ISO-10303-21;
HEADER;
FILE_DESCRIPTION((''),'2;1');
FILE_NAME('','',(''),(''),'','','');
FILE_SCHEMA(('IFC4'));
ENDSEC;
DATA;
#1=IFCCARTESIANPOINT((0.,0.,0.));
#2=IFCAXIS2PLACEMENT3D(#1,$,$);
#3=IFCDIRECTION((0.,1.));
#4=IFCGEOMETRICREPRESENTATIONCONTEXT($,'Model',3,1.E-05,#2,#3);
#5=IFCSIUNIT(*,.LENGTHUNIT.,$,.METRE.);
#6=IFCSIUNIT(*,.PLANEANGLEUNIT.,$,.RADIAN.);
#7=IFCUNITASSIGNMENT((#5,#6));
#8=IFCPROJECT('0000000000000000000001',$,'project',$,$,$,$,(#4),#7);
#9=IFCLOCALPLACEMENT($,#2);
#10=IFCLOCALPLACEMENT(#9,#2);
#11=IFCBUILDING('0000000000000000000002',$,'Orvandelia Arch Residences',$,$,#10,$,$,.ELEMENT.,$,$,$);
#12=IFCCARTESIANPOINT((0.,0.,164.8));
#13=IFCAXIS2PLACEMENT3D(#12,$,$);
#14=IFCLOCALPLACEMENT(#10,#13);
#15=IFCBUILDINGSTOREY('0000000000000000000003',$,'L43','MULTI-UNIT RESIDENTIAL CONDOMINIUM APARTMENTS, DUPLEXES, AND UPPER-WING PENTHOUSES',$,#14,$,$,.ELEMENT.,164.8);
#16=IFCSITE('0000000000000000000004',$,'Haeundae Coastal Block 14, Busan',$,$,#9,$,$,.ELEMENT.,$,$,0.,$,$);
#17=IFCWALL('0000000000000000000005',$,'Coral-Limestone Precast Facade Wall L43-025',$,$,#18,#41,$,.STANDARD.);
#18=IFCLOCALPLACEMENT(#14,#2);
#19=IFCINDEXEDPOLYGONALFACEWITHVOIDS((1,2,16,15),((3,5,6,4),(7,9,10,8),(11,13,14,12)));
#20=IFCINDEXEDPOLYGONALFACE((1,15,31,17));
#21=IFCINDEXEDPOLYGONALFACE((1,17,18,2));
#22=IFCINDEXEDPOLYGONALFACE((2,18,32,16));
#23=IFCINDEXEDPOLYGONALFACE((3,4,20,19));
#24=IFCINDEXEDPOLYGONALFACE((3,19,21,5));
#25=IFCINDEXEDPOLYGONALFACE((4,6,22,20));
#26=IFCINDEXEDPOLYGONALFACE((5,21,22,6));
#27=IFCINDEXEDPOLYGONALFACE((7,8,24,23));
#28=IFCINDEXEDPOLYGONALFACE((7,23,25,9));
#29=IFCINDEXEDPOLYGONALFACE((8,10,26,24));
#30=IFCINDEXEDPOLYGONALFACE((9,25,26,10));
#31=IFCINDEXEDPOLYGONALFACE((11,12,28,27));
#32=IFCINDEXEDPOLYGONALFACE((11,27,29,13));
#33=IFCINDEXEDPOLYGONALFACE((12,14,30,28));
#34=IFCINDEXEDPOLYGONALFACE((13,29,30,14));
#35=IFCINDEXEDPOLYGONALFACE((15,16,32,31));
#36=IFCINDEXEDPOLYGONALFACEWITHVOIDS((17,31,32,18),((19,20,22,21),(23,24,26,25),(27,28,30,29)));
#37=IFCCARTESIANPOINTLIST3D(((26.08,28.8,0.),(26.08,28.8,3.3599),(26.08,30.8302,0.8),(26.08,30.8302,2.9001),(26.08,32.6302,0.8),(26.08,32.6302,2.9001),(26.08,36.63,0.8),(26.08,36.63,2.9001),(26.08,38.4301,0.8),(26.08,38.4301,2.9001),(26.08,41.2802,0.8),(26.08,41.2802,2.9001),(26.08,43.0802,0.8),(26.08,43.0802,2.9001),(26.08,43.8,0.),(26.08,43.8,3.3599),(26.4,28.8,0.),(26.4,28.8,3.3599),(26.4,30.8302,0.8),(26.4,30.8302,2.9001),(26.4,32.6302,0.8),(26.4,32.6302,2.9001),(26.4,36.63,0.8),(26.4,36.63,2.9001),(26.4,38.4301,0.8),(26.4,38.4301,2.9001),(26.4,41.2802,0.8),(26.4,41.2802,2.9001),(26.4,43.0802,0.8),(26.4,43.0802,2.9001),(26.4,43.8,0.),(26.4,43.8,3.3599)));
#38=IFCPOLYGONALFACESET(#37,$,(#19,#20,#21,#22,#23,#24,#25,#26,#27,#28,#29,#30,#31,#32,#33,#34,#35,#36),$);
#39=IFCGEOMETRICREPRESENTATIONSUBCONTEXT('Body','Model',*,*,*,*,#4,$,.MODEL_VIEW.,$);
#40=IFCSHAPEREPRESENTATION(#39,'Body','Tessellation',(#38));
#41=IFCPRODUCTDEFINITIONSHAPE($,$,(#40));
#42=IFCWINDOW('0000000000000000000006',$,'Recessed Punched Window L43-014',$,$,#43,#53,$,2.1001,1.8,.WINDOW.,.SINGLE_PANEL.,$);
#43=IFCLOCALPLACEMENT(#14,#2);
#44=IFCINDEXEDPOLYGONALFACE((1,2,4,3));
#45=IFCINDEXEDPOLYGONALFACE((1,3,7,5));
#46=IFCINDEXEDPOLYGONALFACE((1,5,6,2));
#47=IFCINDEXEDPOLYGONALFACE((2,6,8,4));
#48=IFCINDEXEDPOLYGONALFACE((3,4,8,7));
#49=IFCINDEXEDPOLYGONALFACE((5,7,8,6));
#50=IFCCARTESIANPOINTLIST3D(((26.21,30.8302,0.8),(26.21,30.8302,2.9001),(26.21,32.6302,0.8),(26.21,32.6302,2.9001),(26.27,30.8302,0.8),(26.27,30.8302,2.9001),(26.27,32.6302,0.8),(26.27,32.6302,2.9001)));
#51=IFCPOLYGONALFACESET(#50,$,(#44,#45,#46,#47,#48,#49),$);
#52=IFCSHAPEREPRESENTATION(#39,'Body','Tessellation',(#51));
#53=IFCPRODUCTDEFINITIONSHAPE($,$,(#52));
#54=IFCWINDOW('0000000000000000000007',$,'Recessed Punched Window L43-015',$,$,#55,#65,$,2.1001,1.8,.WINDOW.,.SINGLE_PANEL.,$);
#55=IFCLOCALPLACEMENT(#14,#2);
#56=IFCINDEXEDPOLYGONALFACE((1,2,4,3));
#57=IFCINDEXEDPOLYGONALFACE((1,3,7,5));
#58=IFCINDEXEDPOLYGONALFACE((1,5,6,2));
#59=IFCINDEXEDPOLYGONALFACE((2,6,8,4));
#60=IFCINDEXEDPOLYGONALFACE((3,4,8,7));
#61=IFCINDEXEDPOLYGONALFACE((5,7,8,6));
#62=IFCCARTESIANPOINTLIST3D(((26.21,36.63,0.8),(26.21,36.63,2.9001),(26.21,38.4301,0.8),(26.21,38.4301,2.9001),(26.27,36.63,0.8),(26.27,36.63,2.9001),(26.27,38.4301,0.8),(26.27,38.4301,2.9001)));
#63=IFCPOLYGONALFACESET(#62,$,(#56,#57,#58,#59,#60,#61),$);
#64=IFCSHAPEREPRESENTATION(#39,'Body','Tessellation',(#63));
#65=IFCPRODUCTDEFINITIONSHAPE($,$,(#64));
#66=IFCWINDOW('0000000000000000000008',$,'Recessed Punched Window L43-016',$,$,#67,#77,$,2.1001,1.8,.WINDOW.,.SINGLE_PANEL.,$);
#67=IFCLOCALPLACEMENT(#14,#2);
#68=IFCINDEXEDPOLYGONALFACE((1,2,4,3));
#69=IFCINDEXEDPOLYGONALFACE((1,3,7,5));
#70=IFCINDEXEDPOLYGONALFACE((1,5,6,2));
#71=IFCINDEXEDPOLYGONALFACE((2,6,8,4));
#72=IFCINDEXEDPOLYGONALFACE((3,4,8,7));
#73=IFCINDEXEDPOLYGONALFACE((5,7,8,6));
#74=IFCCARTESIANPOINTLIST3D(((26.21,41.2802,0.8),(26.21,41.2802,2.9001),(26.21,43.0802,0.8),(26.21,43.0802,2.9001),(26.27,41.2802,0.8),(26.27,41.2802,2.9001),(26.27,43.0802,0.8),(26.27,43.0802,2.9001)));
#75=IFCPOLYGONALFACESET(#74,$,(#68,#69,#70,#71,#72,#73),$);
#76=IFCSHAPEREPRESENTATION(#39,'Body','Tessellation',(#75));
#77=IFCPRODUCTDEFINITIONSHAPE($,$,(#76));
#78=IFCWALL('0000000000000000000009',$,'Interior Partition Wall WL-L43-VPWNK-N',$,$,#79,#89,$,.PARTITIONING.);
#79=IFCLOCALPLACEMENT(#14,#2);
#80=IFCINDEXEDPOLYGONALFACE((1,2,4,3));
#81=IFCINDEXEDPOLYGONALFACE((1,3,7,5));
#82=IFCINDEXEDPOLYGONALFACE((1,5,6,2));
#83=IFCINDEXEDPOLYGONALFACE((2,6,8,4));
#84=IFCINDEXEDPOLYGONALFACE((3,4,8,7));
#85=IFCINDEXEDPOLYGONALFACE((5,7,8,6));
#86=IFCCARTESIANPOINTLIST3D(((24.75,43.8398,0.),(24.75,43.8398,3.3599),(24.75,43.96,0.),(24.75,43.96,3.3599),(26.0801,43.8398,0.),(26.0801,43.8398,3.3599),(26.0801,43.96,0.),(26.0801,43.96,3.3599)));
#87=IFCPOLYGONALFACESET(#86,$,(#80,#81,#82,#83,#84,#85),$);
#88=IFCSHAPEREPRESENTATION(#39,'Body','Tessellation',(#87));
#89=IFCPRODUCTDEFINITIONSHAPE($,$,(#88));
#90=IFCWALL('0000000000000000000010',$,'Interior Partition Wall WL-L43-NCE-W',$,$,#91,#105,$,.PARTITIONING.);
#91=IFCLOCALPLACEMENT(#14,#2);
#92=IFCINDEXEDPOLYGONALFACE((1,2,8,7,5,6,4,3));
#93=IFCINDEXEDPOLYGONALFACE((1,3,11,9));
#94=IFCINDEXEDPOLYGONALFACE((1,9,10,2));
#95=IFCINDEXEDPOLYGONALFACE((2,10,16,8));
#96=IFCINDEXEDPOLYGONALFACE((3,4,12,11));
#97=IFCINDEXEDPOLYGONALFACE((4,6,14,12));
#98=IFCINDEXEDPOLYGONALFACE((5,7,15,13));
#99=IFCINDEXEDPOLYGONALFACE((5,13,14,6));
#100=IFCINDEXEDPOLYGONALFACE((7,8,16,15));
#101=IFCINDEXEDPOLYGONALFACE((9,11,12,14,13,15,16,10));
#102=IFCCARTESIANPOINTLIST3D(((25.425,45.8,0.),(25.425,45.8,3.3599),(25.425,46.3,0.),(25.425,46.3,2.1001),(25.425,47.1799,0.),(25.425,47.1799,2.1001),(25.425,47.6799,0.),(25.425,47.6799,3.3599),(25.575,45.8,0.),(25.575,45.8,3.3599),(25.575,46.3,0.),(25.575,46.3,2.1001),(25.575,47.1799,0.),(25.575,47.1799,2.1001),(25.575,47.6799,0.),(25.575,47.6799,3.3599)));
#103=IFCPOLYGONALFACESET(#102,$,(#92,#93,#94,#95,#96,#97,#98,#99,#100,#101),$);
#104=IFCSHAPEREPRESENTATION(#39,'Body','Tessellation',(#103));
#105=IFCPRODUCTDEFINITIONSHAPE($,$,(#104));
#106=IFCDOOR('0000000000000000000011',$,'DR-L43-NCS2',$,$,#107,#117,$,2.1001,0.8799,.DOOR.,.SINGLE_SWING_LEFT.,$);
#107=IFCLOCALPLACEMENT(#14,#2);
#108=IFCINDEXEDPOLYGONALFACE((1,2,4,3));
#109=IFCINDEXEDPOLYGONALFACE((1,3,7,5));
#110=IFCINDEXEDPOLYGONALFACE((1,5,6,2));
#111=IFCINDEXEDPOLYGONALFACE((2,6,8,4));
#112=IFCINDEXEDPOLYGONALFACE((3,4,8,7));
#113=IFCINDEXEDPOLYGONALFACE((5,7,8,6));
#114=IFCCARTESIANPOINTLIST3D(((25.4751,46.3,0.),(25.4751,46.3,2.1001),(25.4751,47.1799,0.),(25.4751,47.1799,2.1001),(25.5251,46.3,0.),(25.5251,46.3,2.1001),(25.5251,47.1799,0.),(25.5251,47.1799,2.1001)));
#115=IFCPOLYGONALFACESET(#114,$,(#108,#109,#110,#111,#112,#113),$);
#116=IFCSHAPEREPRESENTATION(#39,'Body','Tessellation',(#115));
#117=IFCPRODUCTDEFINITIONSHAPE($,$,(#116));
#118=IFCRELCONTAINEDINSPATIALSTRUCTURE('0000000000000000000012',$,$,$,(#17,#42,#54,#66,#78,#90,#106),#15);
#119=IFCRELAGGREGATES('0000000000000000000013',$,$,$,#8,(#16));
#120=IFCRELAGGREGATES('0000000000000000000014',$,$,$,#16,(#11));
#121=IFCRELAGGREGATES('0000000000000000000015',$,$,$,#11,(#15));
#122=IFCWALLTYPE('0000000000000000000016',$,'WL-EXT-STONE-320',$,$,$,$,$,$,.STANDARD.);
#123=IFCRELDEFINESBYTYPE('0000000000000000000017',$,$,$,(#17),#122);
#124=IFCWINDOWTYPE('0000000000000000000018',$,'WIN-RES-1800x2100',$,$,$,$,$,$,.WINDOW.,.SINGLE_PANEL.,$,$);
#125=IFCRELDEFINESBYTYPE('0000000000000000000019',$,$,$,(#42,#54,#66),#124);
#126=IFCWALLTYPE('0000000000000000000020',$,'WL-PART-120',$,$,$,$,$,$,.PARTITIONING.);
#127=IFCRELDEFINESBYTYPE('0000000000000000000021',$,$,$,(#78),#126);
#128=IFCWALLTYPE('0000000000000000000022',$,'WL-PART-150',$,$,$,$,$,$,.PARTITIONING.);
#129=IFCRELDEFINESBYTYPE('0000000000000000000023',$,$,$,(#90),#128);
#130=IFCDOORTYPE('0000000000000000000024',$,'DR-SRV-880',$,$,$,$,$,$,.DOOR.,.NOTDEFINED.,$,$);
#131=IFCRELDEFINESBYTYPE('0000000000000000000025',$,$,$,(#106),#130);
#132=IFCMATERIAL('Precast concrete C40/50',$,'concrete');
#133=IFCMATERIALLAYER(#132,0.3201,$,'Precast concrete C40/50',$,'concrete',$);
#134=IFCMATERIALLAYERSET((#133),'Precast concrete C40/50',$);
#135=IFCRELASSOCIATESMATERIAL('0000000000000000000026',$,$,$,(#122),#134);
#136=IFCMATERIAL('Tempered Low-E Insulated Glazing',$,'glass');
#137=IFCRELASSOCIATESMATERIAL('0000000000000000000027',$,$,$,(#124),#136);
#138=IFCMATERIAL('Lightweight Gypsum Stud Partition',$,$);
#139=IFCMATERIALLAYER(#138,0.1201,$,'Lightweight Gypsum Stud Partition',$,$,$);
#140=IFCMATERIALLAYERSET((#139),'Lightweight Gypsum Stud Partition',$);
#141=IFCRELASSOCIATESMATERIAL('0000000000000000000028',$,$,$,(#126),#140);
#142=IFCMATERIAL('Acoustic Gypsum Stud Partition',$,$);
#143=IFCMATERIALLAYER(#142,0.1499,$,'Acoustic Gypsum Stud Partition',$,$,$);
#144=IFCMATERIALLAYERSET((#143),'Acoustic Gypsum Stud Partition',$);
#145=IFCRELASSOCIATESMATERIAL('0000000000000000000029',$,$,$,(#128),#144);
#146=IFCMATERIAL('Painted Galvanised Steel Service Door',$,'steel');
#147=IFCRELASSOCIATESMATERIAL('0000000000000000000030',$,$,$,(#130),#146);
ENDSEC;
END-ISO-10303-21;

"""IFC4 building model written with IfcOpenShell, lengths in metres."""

from ifc_helpers import new_model, si_unit, direction, frame, frame_2d, origin, place, context, subcontext, project, spatial, rectangle, extrude, material, layer, layer_set, type_object, element, fill, save


model = new_model("IFC4")

# Units and contexts
model_context = context("Model", 3, precision=1e-05, world=origin(), true_north=direction((0.0, 1.0)))
body_context = subcontext(model_context, "Body", "Model", "MODEL_VIEW")
ifc_project = project(units=[si_unit("LENGTHUNIT", "METRE"), si_unit("PLANEANGLEUNIT", "RADIAN")], contexts=[model_context])

# Site, building, storey
site_placement = place(None, origin())
site = spatial("IfcSite", under=ifc_project, at=site_placement, Name="Haeundae Coastal Block 14, Busan", CompositionType="ELEMENT", RefElevation=0.0)
building_placement = place(site_placement, origin())
building = spatial("IfcBuilding", under=site, at=building_placement, Name="Orvandelia Arch Residences", CompositionType="ELEMENT")
storey_placement = place(building_placement, frame((0.0, 0.0, 164.8)))
storey = spatial("IfcBuildingStorey", under=building, at=storey_placement, Name="L43", Description="MULTI-UNIT RESIDENTIAL CONDOMINIUM APARTMENTS, DUPLEXES, AND UPPER-WING PENTHOUSES", CompositionType="ELEMENT", Elevation=164.8)

# Shared definitions
ifc_material_1 = material(Name="Precast concrete C40/50", Category="concrete")
ifc_layer_1 = layer(ifc_material_1, 0.3201, Name="Precast concrete C40/50", Category="concrete")
ifc_layer_set_1 = layer_set([ifc_layer_1], Name="Precast concrete C40/50")
wall_type_1 = type_object("IfcWallType", Name="WL-EXT-STONE-320", PredefinedType="STANDARD", material=ifc_layer_set_1)
ifc_material_2 = material(Name="Tempered Low-E Insulated Glazing", Category="glass")
window_type = type_object("IfcWindowType", Name="WIN-RES-1800x2100", PartitioningType="SINGLE_PANEL", PredefinedType="WINDOW", material=ifc_material_2)

# Wall, openings, windows
wall_1_placement = place(storey_placement, frame((26.24, 43.8, 0.0), z_axis=(0.0, 0.0, 1.0), x_axis=(0.0, -1.0, 0.0)))
wall_1 = element("IfcWall", 1, at=wall_1_placement, inside=storey, type_object=wall_type_1, Name="Coral-Limestone Precast Facade Wall L43-025", PredefinedType="STANDARD", context=body_context, shape_type="SweptSolid", body=[
    extrude(rectangle(XDim=15.0, YDim=0.3201, at=frame_2d((7.5, 0.0))), origin(), (0.0, 0.0, 1.0), 3.3599),
])
opening_1_placement = place(wall_1_placement, frame((11.1699, 0.0, 0.8)))
opening_1 = element("IfcOpeningElement", 2, at=opening_1_placement, cuts=wall_1, PredefinedType="OPENING", context=body_context, shape_type="SweptSolid", body=[
    extrude(rectangle(XDim=1.8, YDim=2.1001, at=frame_2d((0.8999, 1.05))), frame((0.0, 0.1699, 0.0), z_axis=(0.0, -1.0, 0.0), x_axis=(1.0, 0.0, 0.0)), (0.0, 0.0, 1.0), 0.3401),
])
opening_2_placement = place(wall_1_placement, frame((5.3701, 0.0, 0.8)))
opening_2 = element("IfcOpeningElement", 3, at=opening_2_placement, cuts=wall_1, PredefinedType="OPENING", context=body_context, shape_type="SweptSolid", body=[
    extrude(rectangle(XDim=1.8, YDim=2.1001, at=frame_2d((0.8999, 1.05))), frame((0.0, 0.1699, 0.0), z_axis=(0.0, -1.0, 0.0), x_axis=(1.0, 0.0, 0.0)), (0.0, 0.0, 1.0), 0.3401),
])
opening_3_placement = place(wall_1_placement, frame((0.72, 0.0, 0.8)))
opening_3 = element("IfcOpeningElement", 4, at=opening_3_placement, cuts=wall_1, PredefinedType="OPENING", context=body_context, shape_type="SweptSolid", body=[
    extrude(rectangle(XDim=1.8, YDim=2.1001, at=frame_2d((0.8999, 1.05))), frame((0.0, 0.1699, 0.0), z_axis=(0.0, -1.0, 0.0), x_axis=(1.0, 0.0, 0.0)), (0.0, 0.0, 1.0), 0.3401),
])
window_1_placement = place(opening_1_placement, origin())
window_1 = element("IfcWindow", 5, at=window_1_placement, inside=storey, type_object=window_type, Name="Recessed Punched Window L43-014", OverallHeight=2.1001, OverallWidth=1.8, PartitioningType="SINGLE_PANEL", PredefinedType="WINDOW", context=body_context, shape_type="SweptSolid", body=[
    extrude(rectangle(XDim=1.8, YDim=2.1001, at=frame_2d((0.8999, 1.05))), frame((0.0, 0.03, 0.0), z_axis=(0.0, -1.0, 0.0), x_axis=(1.0, 0.0, 0.0)), (0.0, 0.0, 1.0), 0.0601),
])
fill(opening_1, window_1)
window_2_placement = place(opening_2_placement, origin())
window_2 = element("IfcWindow", 6, at=window_2_placement, inside=storey, type_object=window_type, Name="Recessed Punched Window L43-015", OverallHeight=2.1001, OverallWidth=1.8, PartitioningType="SINGLE_PANEL", PredefinedType="WINDOW", context=body_context, shape_type="SweptSolid", body=[
    extrude(rectangle(XDim=1.8, YDim=2.1001, at=frame_2d((0.8999, 1.05))), frame((0.0, 0.03, 0.0), z_axis=(0.0, -1.0, 0.0), x_axis=(1.0, 0.0, 0.0)), (0.0, 0.0, 1.0), 0.0601),
])
fill(opening_2, window_2)
window_3_placement = place(opening_3_placement, origin())
window_3 = element("IfcWindow", 7, at=window_3_placement, inside=storey, type_object=window_type, Name="Recessed Punched Window L43-016", OverallHeight=2.1001, OverallWidth=1.8, PartitioningType="SINGLE_PANEL", PredefinedType="WINDOW", context=body_context, shape_type="SweptSolid", body=[
    extrude(rectangle(XDim=1.8, YDim=2.1001, at=frame_2d((0.8999, 1.05))), frame((0.0, 0.03, 0.0), z_axis=(0.0, -1.0, 0.0), x_axis=(1.0, 0.0, 0.0)), (0.0, 0.0, 1.0), 0.0601),
])
fill(opening_3, window_3)

# Wall
ifc_material_3 = material(Name="Lightweight Gypsum Stud Partition")
ifc_layer_2 = layer(ifc_material_3, 0.1201, Name="Lightweight Gypsum Stud Partition")
ifc_layer_set_2 = layer_set([ifc_layer_2], Name="Lightweight Gypsum Stud Partition")
wall_type_2 = type_object("IfcWallType", Name="WL-PART-120", PredefinedType="PARTITIONING", material=ifc_layer_set_2)
wall_2_placement = place(storey_placement, frame((24.75, 43.8999, 0.0), z_axis=(0.0, 0.0, 1.0), x_axis=(1.0, 0.0, 0.0)))
element("IfcWall", 8, at=wall_2_placement, inside=storey, type_object=wall_type_2, Name="Interior Partition Wall WL-L43-VPWNK-N", PredefinedType="PARTITIONING", context=body_context, shape_type="SweptSolid", body=[
    extrude(rectangle(XDim=1.3301, YDim=0.1201, at=frame_2d((0.665, 0.0))), origin(), (0.0, 0.0, 1.0), 3.3599),
])

# Wall, opening, door
ifc_material_4 = material(Name="Acoustic Gypsum Stud Partition")
ifc_layer_3 = layer(ifc_material_4, 0.1499, Name="Acoustic Gypsum Stud Partition")
ifc_layer_set_3 = layer_set([ifc_layer_3], Name="Acoustic Gypsum Stud Partition")
wall_type_3 = type_object("IfcWallType", Name="WL-PART-150", PredefinedType="PARTITIONING", material=ifc_layer_set_3)
wall_3_placement = place(storey_placement, frame((25.5, 45.8, 0.0), z_axis=(0.0, 0.0, 1.0), x_axis=(0.0, 1.0, 0.0)))
wall_3 = element("IfcWall", 9, at=wall_3_placement, inside=storey, type_object=wall_type_3, Name="Interior Partition Wall WL-L43-NCE-W", PredefinedType="PARTITIONING", context=body_context, shape_type="SweptSolid", body=[
    extrude(rectangle(XDim=1.8799, YDim=0.1499, at=frame_2d((0.9399, 0.0))), origin(), (0.0, 0.0, 1.0), 3.3599),
])
opening_4_placement = place(wall_3_placement, frame((0.5, 0.0, 0.0)))
opening_4 = element("IfcOpeningElement", 10, at=opening_4_placement, cuts=wall_3, PredefinedType="OPENING", context=body_context, shape_type="SweptSolid", body=[
    extrude(rectangle(XDim=0.8799, YDim=2.1001, at=frame_2d((0.4399, 1.05))), frame((0.0, 0.085, 0.0), z_axis=(0.0, -1.0, 0.0), x_axis=(1.0, 0.0, 0.0)), (0.0, 0.0, 1.0), 0.1699),
])
ifc_material_5 = material(Name="Painted Galvanised Steel Service Door", Category="steel")
door_type_1 = type_object("IfcDoorType", Name="DR-SRV-880", OperationType="NOTDEFINED", PredefinedType="DOOR", material=ifc_material_5)
door_1_placement = place(opening_4_placement, origin())
door_1 = element("IfcDoor", 11, at=door_1_placement, inside=storey, type_object=door_type_1, Name="DR-L43-NCS2", OperationType="SINGLE_SWING_LEFT", OverallHeight=2.1001, OverallWidth=0.8799, PredefinedType="DOOR", context=body_context, shape_type="SweptSolid", body=[
    extrude(rectangle(XDim=0.8799, YDim=2.1001, at=frame_2d((0.4399, 1.05))), frame((0.0, 0.0249, 0.0), z_axis=(0.0, -1.0, 0.0), x_axis=(1.0, 0.0, 0.0)), (0.0, 0.0, 1.0), 0.05),
])
fill(opening_4, door_1)

save(model, "model.ifc")
